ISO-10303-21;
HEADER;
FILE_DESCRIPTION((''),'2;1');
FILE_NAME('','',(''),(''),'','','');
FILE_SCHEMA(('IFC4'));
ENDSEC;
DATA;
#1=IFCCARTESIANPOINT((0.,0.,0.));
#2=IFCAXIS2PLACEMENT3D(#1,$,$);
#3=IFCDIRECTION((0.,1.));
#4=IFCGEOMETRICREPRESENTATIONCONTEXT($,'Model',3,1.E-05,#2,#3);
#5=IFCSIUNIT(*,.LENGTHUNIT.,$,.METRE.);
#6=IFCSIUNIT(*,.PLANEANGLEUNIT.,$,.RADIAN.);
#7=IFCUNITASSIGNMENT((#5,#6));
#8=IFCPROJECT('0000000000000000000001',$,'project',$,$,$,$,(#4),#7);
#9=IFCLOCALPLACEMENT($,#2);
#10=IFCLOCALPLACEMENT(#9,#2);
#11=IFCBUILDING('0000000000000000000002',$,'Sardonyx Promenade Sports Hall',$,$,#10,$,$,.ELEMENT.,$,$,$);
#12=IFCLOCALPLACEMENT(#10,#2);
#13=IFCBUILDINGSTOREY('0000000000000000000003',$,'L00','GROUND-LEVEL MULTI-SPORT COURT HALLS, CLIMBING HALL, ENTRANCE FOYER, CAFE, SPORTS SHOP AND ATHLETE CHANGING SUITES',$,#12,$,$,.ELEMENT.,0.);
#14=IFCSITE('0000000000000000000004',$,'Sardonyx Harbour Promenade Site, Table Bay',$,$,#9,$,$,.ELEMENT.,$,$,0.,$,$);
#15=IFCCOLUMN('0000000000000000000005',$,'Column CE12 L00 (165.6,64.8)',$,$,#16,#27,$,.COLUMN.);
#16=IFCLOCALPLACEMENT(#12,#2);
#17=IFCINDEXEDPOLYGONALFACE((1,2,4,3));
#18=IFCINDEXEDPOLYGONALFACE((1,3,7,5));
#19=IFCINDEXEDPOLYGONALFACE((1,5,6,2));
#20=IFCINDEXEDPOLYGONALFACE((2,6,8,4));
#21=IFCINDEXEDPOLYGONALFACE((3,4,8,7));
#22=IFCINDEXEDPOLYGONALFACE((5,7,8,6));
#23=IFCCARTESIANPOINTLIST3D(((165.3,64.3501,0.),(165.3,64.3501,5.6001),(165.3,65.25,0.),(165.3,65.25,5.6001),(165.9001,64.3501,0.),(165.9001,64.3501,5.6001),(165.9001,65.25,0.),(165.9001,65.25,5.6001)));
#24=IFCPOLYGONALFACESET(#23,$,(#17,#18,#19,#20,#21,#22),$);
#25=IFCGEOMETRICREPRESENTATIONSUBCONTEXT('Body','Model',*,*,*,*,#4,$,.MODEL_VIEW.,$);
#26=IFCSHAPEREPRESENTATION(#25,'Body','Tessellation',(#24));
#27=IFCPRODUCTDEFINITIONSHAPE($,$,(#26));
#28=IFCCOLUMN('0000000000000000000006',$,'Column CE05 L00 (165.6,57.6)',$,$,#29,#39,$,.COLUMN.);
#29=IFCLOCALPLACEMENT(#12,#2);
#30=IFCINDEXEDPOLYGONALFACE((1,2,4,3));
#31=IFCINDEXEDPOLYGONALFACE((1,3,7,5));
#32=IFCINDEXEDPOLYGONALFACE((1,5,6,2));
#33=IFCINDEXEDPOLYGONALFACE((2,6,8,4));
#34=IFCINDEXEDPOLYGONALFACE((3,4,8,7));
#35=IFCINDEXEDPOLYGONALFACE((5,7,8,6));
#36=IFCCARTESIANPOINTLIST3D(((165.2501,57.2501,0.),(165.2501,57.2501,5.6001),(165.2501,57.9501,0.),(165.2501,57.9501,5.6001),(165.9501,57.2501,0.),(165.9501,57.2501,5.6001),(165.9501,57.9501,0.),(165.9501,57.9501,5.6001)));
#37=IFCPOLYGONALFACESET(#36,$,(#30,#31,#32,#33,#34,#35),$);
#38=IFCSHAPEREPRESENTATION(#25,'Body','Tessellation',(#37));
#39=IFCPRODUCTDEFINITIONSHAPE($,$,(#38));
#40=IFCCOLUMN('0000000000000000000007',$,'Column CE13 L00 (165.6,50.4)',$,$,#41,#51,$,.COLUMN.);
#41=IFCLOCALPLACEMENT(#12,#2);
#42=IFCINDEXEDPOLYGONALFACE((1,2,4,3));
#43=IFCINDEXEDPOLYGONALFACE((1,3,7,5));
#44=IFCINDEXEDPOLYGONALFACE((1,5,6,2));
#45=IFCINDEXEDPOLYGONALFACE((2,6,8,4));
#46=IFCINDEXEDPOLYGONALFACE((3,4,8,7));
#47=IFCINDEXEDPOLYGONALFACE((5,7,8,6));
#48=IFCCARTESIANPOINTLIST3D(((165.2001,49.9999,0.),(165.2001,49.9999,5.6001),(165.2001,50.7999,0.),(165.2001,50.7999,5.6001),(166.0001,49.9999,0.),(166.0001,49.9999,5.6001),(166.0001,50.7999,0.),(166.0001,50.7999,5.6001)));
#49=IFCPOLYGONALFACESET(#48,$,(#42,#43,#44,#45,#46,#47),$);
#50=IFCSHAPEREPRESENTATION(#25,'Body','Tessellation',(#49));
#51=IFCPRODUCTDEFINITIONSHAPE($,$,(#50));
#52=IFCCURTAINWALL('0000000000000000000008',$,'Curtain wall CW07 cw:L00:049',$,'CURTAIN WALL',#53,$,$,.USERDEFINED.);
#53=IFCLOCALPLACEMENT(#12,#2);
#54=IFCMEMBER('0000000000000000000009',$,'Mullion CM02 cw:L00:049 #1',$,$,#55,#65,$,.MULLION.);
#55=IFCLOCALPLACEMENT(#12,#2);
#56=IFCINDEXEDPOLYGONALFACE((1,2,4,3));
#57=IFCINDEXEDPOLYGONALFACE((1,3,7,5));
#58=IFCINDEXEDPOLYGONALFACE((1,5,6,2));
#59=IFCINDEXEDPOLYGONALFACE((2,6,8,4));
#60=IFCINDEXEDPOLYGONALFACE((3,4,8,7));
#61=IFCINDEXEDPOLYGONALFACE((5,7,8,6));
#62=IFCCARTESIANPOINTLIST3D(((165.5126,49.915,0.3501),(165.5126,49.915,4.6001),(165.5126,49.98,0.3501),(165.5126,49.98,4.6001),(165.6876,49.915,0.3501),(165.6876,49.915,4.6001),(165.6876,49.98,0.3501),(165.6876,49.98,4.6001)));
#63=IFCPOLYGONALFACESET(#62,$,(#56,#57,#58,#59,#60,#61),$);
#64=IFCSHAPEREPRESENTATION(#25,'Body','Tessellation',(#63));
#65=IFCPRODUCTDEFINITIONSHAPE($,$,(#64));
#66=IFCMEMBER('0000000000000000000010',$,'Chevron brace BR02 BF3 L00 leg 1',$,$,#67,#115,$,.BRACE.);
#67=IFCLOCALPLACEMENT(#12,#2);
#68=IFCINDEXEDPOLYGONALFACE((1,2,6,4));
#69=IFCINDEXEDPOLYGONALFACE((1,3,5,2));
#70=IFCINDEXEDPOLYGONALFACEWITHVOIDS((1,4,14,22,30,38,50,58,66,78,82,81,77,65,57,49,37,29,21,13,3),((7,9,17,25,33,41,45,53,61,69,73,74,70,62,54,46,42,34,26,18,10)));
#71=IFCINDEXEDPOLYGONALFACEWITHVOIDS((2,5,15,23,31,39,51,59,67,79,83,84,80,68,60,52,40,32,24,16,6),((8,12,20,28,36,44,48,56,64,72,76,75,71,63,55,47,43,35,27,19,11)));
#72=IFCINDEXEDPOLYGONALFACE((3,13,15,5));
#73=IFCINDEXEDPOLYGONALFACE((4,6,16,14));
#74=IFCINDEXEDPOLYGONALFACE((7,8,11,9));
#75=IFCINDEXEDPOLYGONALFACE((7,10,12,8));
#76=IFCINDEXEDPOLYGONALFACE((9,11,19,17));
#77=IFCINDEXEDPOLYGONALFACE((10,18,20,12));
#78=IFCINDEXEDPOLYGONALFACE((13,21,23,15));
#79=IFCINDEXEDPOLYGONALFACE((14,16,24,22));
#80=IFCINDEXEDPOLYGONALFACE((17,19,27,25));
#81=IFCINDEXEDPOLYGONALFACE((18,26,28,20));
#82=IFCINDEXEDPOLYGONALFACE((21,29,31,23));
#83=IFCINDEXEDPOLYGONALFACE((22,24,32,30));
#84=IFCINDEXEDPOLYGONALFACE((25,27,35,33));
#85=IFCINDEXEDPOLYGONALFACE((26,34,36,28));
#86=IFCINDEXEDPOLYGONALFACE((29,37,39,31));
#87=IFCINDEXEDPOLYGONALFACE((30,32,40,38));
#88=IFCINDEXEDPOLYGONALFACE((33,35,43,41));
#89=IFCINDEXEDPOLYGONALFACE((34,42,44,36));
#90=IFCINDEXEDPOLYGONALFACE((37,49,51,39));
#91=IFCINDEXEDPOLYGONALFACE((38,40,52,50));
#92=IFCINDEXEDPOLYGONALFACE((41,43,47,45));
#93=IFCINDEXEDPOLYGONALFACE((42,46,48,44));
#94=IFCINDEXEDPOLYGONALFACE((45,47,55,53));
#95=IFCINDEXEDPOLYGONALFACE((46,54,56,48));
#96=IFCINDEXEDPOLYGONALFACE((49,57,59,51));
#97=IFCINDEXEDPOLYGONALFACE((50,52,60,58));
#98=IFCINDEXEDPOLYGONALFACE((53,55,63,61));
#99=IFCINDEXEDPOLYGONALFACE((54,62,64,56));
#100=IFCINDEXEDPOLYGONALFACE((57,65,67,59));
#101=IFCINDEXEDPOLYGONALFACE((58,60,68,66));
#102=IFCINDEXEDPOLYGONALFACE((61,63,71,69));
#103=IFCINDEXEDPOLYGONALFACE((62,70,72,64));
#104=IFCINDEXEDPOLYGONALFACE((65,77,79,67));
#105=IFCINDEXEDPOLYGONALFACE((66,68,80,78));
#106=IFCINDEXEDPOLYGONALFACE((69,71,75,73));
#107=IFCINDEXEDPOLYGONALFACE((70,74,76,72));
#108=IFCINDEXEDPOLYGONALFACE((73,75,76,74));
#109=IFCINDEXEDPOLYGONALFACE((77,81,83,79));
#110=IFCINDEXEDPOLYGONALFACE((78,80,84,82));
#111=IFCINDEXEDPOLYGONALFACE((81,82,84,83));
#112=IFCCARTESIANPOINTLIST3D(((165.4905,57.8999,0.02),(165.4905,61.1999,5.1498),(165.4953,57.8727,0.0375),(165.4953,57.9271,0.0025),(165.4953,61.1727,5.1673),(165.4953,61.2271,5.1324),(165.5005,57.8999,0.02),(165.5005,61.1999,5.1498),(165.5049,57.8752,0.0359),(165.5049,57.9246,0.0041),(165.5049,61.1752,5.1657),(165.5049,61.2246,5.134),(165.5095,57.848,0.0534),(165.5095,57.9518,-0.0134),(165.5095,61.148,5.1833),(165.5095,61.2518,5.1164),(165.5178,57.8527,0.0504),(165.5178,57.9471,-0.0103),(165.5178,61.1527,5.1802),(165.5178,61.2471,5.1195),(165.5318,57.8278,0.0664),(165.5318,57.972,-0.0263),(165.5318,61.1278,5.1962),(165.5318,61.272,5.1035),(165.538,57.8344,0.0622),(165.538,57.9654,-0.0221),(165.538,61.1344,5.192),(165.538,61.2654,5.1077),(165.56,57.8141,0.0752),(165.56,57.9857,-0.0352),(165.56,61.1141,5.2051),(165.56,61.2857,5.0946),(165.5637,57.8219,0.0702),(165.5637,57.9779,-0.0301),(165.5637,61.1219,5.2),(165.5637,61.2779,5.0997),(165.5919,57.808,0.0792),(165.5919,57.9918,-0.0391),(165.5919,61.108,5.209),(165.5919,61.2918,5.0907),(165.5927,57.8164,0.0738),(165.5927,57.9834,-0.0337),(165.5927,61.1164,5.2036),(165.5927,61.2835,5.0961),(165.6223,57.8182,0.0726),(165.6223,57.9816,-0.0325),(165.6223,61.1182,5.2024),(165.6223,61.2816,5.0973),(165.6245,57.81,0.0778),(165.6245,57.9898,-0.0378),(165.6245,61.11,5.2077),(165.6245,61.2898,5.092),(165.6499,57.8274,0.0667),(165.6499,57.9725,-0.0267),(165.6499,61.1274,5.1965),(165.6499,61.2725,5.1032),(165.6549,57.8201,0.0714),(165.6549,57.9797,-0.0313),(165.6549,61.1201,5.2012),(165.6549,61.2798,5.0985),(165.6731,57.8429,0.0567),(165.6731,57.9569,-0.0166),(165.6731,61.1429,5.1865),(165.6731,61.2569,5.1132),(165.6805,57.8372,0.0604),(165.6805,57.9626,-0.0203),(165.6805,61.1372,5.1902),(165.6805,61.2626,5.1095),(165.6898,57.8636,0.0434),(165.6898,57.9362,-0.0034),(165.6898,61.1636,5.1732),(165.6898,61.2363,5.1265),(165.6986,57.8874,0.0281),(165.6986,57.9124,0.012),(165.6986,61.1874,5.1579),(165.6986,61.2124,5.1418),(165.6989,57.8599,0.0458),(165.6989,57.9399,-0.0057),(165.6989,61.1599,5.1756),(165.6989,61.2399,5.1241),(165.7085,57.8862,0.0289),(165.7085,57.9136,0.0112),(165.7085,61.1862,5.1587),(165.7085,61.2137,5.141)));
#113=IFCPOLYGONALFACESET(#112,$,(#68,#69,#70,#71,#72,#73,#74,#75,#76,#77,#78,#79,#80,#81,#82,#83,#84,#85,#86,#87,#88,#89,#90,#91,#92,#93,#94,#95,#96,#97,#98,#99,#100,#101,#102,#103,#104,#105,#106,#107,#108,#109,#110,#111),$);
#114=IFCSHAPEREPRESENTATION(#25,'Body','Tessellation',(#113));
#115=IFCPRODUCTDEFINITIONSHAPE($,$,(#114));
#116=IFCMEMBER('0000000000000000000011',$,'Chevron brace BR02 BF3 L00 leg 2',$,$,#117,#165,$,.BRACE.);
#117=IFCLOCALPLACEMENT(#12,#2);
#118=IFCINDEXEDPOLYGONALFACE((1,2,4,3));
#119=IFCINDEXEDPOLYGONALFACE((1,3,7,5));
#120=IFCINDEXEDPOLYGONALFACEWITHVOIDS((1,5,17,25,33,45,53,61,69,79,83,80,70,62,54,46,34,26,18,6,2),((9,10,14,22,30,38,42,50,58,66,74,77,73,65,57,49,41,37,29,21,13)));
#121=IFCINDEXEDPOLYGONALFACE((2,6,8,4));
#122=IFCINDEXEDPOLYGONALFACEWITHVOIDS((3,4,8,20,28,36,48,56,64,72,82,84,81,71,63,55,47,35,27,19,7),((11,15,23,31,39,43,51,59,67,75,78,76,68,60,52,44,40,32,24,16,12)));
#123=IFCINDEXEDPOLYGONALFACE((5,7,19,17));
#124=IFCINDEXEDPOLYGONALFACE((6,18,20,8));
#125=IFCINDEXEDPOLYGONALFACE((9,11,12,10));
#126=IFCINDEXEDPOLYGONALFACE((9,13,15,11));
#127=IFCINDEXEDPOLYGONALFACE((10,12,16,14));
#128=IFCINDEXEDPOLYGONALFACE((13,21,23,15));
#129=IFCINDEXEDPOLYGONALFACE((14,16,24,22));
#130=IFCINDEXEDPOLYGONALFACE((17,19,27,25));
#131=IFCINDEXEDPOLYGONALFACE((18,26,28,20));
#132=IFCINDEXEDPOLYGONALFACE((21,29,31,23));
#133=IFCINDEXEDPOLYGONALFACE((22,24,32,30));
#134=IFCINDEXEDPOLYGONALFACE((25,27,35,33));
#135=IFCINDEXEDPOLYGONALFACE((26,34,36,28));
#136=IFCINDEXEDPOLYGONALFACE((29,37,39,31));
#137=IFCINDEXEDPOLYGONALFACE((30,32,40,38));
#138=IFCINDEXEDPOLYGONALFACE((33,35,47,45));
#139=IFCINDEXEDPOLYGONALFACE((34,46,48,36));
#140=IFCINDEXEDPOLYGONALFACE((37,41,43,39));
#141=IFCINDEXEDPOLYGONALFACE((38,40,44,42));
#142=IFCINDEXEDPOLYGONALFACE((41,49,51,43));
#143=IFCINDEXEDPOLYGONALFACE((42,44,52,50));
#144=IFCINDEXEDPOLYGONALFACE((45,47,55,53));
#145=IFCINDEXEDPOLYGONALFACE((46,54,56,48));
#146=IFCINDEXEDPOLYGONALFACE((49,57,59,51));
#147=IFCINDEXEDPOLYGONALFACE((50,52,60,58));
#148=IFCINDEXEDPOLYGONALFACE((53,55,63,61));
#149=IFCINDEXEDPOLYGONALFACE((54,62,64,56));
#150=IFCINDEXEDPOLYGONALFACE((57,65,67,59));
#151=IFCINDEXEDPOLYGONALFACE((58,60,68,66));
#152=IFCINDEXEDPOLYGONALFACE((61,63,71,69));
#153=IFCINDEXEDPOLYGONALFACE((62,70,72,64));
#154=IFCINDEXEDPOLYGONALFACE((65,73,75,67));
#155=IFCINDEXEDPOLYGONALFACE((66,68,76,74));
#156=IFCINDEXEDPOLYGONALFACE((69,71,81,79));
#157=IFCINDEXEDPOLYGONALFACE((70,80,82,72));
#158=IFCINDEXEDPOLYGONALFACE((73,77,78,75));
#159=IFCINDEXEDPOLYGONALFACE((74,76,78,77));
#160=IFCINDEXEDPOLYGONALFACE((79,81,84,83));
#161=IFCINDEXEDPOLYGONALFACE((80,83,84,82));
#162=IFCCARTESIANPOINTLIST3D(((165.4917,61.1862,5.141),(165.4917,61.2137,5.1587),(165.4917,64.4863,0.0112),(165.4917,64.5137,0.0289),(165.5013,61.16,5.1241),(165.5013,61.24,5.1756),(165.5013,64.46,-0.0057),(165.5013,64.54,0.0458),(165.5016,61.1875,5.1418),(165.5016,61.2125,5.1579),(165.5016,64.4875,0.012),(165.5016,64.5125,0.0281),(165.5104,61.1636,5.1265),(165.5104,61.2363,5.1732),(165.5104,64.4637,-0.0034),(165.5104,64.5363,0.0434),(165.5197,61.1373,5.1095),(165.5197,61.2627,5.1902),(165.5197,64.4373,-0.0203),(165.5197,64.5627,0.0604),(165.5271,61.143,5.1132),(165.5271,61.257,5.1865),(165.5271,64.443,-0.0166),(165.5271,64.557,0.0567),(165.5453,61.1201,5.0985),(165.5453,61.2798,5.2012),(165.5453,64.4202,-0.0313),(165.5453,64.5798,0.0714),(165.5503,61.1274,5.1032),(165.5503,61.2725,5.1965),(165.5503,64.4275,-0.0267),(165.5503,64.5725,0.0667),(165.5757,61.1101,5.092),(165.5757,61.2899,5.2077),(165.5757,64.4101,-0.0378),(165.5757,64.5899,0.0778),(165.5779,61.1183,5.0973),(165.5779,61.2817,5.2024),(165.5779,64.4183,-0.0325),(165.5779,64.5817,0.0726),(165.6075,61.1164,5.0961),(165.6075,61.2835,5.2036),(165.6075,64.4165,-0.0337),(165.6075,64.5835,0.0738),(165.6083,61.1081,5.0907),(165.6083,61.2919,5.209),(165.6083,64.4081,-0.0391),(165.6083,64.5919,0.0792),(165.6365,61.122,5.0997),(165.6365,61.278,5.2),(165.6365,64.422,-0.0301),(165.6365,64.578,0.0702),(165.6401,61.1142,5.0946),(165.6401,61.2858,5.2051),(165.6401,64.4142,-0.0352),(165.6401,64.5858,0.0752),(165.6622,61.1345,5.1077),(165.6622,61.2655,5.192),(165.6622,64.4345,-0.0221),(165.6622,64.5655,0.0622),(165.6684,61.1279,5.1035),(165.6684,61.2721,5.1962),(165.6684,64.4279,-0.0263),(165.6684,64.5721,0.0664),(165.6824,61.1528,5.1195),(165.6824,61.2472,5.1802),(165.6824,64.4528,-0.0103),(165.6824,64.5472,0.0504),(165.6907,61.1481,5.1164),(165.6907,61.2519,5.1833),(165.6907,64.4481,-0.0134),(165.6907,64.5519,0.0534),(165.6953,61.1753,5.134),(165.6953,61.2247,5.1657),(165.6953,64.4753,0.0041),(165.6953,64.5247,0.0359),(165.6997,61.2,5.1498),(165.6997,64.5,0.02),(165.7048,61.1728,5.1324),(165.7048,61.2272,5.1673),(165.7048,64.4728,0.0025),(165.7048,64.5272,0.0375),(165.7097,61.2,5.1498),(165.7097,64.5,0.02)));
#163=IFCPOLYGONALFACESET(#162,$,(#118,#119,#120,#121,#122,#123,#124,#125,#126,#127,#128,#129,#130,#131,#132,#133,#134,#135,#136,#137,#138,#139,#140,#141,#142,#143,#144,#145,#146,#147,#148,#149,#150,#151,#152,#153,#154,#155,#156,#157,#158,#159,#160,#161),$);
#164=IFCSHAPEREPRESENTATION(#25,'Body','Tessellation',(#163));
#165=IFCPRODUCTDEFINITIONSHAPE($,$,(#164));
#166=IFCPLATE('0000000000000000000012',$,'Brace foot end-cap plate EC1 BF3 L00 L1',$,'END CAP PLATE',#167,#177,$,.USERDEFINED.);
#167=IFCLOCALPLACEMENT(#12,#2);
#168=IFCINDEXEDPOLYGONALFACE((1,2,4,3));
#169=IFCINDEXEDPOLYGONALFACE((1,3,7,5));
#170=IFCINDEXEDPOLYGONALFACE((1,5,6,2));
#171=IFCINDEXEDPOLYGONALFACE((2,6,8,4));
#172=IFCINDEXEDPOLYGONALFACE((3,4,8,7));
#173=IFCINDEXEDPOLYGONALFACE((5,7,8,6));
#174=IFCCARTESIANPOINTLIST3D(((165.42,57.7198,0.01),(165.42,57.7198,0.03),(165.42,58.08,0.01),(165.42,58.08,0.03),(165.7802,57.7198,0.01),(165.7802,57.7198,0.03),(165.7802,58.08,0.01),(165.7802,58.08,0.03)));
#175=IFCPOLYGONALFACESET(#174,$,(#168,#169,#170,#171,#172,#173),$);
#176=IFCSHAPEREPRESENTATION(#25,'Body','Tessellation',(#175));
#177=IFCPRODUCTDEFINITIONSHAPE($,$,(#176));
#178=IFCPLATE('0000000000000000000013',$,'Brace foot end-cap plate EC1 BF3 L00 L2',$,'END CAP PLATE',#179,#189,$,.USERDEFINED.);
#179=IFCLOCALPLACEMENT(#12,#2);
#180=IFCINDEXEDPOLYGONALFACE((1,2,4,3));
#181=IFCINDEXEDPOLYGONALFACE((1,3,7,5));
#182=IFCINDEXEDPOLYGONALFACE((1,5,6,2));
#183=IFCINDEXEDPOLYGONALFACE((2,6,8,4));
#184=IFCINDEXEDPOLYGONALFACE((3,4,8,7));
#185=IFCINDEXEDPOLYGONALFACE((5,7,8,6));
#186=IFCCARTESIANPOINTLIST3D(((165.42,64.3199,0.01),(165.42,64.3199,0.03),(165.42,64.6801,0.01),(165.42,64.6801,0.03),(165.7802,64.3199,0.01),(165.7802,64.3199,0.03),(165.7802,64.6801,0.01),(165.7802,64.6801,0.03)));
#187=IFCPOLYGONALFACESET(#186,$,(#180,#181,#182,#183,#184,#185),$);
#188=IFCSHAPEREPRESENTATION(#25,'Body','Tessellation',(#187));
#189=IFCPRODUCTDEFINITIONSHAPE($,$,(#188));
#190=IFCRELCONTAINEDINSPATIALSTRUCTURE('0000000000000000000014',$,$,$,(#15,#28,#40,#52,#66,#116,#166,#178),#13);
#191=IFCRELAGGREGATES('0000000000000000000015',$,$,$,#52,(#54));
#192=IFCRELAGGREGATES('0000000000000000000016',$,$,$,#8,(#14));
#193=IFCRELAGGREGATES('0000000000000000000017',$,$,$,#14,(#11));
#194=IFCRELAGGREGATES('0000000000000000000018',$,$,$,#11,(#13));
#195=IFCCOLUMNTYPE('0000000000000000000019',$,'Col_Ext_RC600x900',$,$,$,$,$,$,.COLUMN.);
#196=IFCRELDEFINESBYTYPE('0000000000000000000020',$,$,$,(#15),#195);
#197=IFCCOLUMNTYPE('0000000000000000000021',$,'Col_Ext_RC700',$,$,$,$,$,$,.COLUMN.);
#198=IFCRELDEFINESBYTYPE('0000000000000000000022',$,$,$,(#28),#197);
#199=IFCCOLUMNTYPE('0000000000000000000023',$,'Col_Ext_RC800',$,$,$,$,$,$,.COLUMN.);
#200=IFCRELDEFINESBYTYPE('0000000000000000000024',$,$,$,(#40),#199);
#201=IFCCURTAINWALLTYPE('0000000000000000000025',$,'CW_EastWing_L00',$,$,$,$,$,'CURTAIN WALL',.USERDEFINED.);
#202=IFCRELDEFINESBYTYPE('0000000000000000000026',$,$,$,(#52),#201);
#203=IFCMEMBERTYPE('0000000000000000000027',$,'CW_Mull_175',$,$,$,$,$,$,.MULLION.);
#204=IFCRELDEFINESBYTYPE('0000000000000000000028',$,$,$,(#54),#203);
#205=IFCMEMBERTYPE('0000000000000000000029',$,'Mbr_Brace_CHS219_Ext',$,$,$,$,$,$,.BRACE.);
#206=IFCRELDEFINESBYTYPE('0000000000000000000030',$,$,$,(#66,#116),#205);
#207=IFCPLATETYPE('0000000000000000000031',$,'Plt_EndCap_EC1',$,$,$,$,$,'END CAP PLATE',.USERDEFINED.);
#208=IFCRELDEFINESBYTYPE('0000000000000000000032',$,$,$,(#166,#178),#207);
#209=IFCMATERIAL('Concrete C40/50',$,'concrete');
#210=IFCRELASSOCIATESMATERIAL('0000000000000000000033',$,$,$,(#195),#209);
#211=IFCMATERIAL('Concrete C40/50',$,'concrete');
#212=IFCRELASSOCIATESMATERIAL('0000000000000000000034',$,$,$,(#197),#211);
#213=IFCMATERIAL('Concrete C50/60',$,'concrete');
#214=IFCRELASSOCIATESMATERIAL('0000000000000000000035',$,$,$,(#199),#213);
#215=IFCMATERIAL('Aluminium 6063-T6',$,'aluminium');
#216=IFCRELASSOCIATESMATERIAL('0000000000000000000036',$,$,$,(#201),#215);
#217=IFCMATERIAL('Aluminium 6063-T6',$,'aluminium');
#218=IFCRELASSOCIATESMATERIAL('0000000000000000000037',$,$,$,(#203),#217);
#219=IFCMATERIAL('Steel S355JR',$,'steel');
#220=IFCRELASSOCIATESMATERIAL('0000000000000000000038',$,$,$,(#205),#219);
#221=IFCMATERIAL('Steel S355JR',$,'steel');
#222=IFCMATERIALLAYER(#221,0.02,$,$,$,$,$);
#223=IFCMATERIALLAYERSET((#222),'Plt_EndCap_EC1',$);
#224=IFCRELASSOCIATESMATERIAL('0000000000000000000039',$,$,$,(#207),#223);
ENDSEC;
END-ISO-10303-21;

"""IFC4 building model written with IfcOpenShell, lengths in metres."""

from ifc_helpers import new_model, si_unit, direction, frame, origin, origin_2d, place, context, subcontext, project, spatial, rectangle, hollow_circle, extrude, material, layer, layer_set, material_profile, profile_set, type_object, element, aggregate, save


model = new_model("IFC4")

# Units and contexts
model_context = context("Model", 3, precision=1e-05, world=origin(), true_north=direction((0.0, 1.0)))
body_context = subcontext(model_context, "Body", "Model", "MODEL_VIEW")
ifc_project = project(units=[si_unit("LENGTHUNIT", "METRE"), si_unit("PLANEANGLEUNIT", "RADIAN")], contexts=[model_context])

# Site, building, storey
site_placement = place(None, origin())
site = spatial("IfcSite", under=ifc_project, at=site_placement, Name="Sardonyx Harbour Promenade Site, Table Bay", CompositionType="ELEMENT", RefElevation=0.0)
building_placement = place(site_placement, origin())
building = spatial("IfcBuilding", under=site, at=building_placement, Name="Sardonyx Promenade Sports Hall", CompositionType="ELEMENT")
storey_placement = place(building_placement, origin())
storey = spatial("IfcBuildingStorey", under=building, at=storey_placement, Name="L00", Description="GROUND-LEVEL MULTI-SPORT COURT HALLS, CLIMBING HALL, ENTRANCE FOYER, CAFE, SPORTS SHOP AND ATHLETE CHANGING SUITES", CompositionType="ELEMENT", Elevation=0.0)

# Columns
ifc_material_1 = material(Name="Concrete C40/50", Category="concrete")
ifc_material_profile_1 = material_profile(ifc_material_1, rectangle(XDim=0.6001, YDim=0.8999, at=origin_2d()))
ifc_profile_set_1 = profile_set([ifc_material_profile_1], Name="Concrete C40/50")
column_type_1 = type_object("IfcColumnType", Name="Col_Ext_RC600x900", PredefinedType="COLUMN", material=ifc_profile_set_1)
column_1_placement = place(storey_placement, frame((165.6001, 64.8, 0.0), z_axis=(0.0, 0.0, 1.0), x_axis=(1.0, 0.0, 0.0)))
element("IfcColumn", 1, at=column_1_placement, inside=storey, type_object=column_type_1, Name="Column CE12 L00 (165.6,64.8)", PredefinedType="COLUMN", context=body_context, shape_type="SweptSolid", body=[
    extrude(rectangle(XDim=0.6001, YDim=0.8999, at=origin_2d()), origin(), (0.0, 0.0, 1.0), 5.6001),
])
ifc_material_2 = material(Name="Concrete C40/50", Category="concrete")
ifc_material_profile_2 = material_profile(ifc_material_2, rectangle(XDim=0.7, YDim=0.7, at=origin_2d()))
ifc_profile_set_2 = profile_set([ifc_material_profile_2], Name="Concrete C40/50")
column_type_2 = type_object("IfcColumnType", Name="Col_Ext_RC700", PredefinedType="COLUMN", material=ifc_profile_set_2)
column_2_placement = place(storey_placement, frame((165.6001, 57.6001, 0.0), z_axis=(0.0, 0.0, 1.0), x_axis=(1.0, 0.0, 0.0)))
element("IfcColumn", 2, at=column_2_placement, inside=storey, type_object=column_type_2, Name="Column CE05 L00 (165.6,57.6)", PredefinedType="COLUMN", context=body_context, shape_type="SweptSolid", body=[
    extrude(rectangle(XDim=0.7, YDim=0.7, at=origin_2d()), origin(), (0.0, 0.0, 1.0), 5.6001),
])
ifc_material_3 = material(Name="Concrete C50/60", Category="concrete")
ifc_material_profile_3 = material_profile(ifc_material_3, rectangle(XDim=0.8, YDim=0.8, at=origin_2d()))
ifc_profile_set_3 = profile_set([ifc_material_profile_3], Name="Concrete C50/60")
column_type_3 = type_object("IfcColumnType", Name="Col_Ext_RC800", PredefinedType="COLUMN", material=ifc_profile_set_3)
column_3_placement = place(storey_placement, frame((165.6001, 50.3999, 0.0), z_axis=(0.0, 0.0, 1.0), x_axis=(1.0, 0.0, 0.0)))
element("IfcColumn", 3, at=column_3_placement, inside=storey, type_object=column_type_3, Name="Column CE13 L00 (165.6,50.4)", PredefinedType="COLUMN", context=body_context, shape_type="SweptSolid", body=[
    extrude(rectangle(XDim=0.8, YDim=0.8, at=origin_2d()), origin(), (0.0, 0.0, 1.0), 5.6001),
])

# Curtain wall, member
ifc_material_4 = material(Name="Aluminium 6063-T6", Category="aluminium")
curtain_wall_type = type_object("IfcCurtainWallType", Name="CW_EastWing_L00", ElementType="CURTAIN WALL", PredefinedType="USERDEFINED", material=ifc_material_4)
curtain_wall_placement = place(storey_placement, origin())
curtain_wall = element("IfcCurtainWall", 4, at=curtain_wall_placement, inside=storey, type_object=curtain_wall_type, Name="Curtain wall CW07 cw:L00:049", ObjectType="CURTAIN WALL", PredefinedType="USERDEFINED")
ifc_material_5 = material(Name="Aluminium 6063-T6", Category="aluminium")
ifc_material_profile_4 = material_profile(ifc_material_5, rectangle(XDim=0.0649, YDim=0.175, at=origin_2d()))
ifc_profile_set_4 = profile_set([ifc_material_profile_4], Name="Aluminium 6063-T6")
member_type_1 = type_object("IfcMemberType", Name="CW_Mull_175", PredefinedType="MULLION", material=ifc_profile_set_4)
member_placement = place(storey_placement, frame((165.6001, 49.9475, 0.3501), z_axis=(0.0, 0.0, 1.0), x_axis=(0.0, -1.0, 0.0)))
member = element("IfcMember", 5, at=member_placement, type_object=member_type_1, Name="Mullion CM02 cw:L00:049 #1", PredefinedType="MULLION", context=body_context, shape_type="SweptSolid", body=[
    extrude(rectangle(XDim=0.0649, YDim=0.175, at=origin_2d()), origin(), (0.0, 0.0, 1.0), 4.25),
])
aggregate(curtain_wall, [member])

# Members
ifc_material_6 = material(Name="Steel S355JR", Category="steel")
ifc_material_profile_5 = material_profile(ifc_material_6, hollow_circle(Radius=0.1096, WallThickness=0.01, at=origin_2d()))
ifc_profile_set_5 = profile_set([ifc_material_profile_5], Name="Steel S355JR")
member_type_2 = type_object("IfcMemberType", Name="Mbr_Brace_CHS219_Ext", PredefinedType="BRACE", material=ifc_profile_set_5)
for number, where, z_axis, x_axis, name in (
    (6, (165.6001, 57.8999, 0.02), (0.0, 0.541021, 0.841009), (-1.0, 0.0, 0.0), "Chevron brace BR02 BF3 L00 leg 1"),
    (7, (165.6001, 64.5, 0.02), (0.0, -0.541021, 0.841009), (1.0, 0.0, 0.0), "Chevron brace BR02 BF3 L00 leg 2"),
):
    element("IfcMember", number, at=place(storey_placement, frame(where, z_axis=z_axis, x_axis=x_axis)), inside=storey, type_object=member_type_2, Name=name, PredefinedType="BRACE", context=body_context, shape_type="SweptSolid", body=[
        extrude(hollow_circle(Radius=0.1096, WallThickness=0.01, at=origin_2d()), origin(), (0.0, 0.0, 1.0), 6.0996),
    ])

# Plates
ifc_material_7 = material(Name="Steel S355JR", Category="steel")
ifc_layer_1 = layer(ifc_material_7, 0.02)
ifc_layer_set_1 = layer_set([ifc_layer_1], Name="Plt_EndCap_EC1")
plate_type_1 = type_object("IfcPlateType", Name="Plt_EndCap_EC1", ElementType="END CAP PLATE", PredefinedType="USERDEFINED", material=ifc_layer_set_1)
for number, where, z_axis, x_axis, name in (
    (8, (165.6001, 57.8999, 0.01), (0.0, 0.0, 1.0), (1.0, 0.0, 0.0), "Brace foot end-cap plate EC1 BF3 L00 L1"),
    (9, (165.6001, 64.5, 0.01), (0.0, 0.0, 1.0), (1.0, 0.0, 0.0), "Brace foot end-cap plate EC1 BF3 L00 L2"),
):
    element("IfcPlate", number, at=place(storey_placement, frame(where, z_axis=z_axis, x_axis=x_axis)), inside=storey, type_object=plate_type_1, Name=name, ObjectType="END CAP PLATE", PredefinedType="USERDEFINED", context=body_context, shape_type="SweptSolid", body=[
        extrude(rectangle(XDim=0.3601, YDim=0.3601, at=origin_2d()), origin(), (0.0, 0.0, 1.0), 0.02),
    ])

save(model, "model.ifc")
